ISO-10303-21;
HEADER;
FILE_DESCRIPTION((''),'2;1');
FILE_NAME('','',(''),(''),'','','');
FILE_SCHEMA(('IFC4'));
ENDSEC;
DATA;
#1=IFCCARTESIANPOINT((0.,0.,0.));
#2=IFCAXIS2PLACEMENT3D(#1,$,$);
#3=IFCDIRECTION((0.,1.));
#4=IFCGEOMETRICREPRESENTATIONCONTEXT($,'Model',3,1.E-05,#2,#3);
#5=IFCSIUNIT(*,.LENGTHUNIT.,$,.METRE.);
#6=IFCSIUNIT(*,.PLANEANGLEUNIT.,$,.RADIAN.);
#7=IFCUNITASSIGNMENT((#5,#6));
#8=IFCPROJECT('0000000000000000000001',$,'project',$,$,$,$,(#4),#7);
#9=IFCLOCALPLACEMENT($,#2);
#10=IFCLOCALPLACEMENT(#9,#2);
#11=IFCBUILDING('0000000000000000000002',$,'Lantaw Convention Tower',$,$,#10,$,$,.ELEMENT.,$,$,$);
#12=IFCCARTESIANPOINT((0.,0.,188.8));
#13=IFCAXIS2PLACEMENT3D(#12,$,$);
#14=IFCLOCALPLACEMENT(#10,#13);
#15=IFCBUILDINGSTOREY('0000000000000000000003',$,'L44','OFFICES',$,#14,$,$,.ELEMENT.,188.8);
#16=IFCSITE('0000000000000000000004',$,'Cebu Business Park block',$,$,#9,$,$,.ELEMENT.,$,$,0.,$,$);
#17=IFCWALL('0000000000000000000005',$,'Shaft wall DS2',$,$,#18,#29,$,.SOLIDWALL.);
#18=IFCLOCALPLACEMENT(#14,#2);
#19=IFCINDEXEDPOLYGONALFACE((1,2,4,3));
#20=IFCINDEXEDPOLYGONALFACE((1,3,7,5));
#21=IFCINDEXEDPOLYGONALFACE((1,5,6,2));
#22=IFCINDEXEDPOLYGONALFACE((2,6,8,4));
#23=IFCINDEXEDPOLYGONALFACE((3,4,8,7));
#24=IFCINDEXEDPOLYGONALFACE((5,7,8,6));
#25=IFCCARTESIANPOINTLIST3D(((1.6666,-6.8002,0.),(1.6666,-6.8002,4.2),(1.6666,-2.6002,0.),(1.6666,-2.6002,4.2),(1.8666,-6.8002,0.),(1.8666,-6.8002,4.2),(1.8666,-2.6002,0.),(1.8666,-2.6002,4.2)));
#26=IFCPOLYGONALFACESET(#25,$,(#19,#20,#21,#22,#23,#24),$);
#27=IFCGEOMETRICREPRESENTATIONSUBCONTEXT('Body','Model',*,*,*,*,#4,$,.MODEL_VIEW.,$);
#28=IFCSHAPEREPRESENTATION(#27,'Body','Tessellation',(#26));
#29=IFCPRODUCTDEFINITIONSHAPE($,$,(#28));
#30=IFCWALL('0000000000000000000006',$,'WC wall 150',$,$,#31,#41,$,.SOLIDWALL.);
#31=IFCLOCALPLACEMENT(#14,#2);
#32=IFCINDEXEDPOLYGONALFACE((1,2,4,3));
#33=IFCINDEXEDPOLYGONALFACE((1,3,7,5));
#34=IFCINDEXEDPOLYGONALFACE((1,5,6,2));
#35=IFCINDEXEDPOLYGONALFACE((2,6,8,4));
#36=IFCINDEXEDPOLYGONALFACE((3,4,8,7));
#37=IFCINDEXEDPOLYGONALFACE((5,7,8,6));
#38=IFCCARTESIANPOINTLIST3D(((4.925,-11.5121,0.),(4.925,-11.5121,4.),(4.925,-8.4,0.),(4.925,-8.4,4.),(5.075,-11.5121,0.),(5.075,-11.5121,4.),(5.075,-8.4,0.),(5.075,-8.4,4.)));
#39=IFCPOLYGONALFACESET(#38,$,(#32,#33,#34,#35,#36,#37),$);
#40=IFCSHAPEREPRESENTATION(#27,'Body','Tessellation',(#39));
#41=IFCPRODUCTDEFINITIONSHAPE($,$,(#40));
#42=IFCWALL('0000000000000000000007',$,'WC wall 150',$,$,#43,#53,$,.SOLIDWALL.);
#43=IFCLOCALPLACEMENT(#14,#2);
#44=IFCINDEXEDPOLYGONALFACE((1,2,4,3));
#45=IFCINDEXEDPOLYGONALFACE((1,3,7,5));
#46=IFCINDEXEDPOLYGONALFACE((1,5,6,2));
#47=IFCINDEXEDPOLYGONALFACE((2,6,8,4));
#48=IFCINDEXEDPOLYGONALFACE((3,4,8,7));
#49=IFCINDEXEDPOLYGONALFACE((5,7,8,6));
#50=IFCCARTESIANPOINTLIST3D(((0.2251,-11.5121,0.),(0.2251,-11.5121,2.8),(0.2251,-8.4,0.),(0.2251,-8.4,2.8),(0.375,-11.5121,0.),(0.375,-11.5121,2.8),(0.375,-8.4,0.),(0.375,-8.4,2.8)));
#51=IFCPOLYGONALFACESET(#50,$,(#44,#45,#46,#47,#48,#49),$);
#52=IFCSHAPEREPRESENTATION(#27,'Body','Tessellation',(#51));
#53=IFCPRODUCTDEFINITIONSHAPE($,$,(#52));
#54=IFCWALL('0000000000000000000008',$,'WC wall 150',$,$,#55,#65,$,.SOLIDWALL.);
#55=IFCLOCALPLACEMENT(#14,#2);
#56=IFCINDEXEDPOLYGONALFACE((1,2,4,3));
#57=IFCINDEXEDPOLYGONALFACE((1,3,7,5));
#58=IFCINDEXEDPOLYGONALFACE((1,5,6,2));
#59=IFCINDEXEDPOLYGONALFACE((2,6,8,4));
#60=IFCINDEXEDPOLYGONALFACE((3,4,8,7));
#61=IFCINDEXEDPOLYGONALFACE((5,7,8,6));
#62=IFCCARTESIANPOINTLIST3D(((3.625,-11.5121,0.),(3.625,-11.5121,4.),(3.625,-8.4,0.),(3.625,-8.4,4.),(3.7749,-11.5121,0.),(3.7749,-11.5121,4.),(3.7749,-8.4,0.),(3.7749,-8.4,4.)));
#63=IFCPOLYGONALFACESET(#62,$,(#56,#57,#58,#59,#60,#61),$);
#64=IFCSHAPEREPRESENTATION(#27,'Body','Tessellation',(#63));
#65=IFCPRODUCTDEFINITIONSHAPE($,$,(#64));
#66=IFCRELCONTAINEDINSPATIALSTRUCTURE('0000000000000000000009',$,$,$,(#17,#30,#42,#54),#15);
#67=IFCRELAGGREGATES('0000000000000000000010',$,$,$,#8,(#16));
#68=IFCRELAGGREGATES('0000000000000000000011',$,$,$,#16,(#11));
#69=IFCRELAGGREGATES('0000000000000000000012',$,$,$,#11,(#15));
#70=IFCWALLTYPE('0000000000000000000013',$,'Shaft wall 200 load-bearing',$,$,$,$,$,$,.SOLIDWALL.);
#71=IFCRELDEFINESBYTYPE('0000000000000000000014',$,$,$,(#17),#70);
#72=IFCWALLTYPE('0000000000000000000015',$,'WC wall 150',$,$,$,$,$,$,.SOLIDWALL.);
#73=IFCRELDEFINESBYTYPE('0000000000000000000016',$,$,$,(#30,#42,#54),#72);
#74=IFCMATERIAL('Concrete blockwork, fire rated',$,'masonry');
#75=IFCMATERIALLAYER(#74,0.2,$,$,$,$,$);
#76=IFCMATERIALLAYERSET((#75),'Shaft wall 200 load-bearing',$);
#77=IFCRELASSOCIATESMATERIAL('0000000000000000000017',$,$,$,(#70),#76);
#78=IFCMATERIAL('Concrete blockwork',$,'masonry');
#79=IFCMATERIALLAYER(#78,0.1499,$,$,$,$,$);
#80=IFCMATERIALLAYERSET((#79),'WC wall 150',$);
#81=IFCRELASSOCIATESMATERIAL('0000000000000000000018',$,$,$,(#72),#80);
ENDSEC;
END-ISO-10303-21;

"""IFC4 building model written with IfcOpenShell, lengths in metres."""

from ifc_helpers import new_model, si_unit, direction, frame, frame_2d, origin, place, context, subcontext, project, spatial, rectangle, extrude, material, layer, layer_set, type_object, element, save


model = new_model("IFC4")

# Units and contexts
model_context = context("Model", 3, precision=1e-05, world=origin(), true_north=direction((0.0, 1.0)))
body_context = subcontext(model_context, "Body", "Model", "MODEL_VIEW")
ifc_project = project(units=[si_unit("LENGTHUNIT", "METRE"), si_unit("PLANEANGLEUNIT", "RADIAN")], contexts=[model_context])

# Site, building, storey
site_placement = place(None, origin())
site = spatial("IfcSite", under=ifc_project, at=site_placement, Name="Cebu Business Park block", CompositionType="ELEMENT", RefElevation=0.0)
building_placement = place(site_placement, origin())
building = spatial("IfcBuilding", under=site, at=building_placement, Name="Lantaw Convention Tower", CompositionType="ELEMENT")
storey_placement = place(building_placement, frame((0.0, 0.0, 188.8)))
storey = spatial("IfcBuildingStorey", under=building, at=storey_placement, Name="L44", Description="OFFICES", CompositionType="ELEMENT", Elevation=188.8)

# Walls
ifc_material_1 = material(Name="Concrete blockwork, fire rated", Category="masonry")
ifc_layer_1 = layer(ifc_material_1, 0.2)
ifc_layer_set_1 = layer_set([ifc_layer_1], Name="Shaft wall 200 load-bearing")
wall_type_1 = type_object("IfcWallType", Name="Shaft wall 200 load-bearing", PredefinedType="SOLIDWALL", material=ifc_layer_set_1)
wall_1_placement = place(storey_placement, frame((1.7666, -2.6001, 0.0), z_axis=(0.0, 0.0, 1.0), x_axis=(0.0, -1.0, 0.0)))
element("IfcWall", 1, at=wall_1_placement, inside=storey, type_object=wall_type_1, Name="Shaft wall DS2", PredefinedType="SOLIDWALL", context=body_context, shape_type="SweptSolid", body=[
    extrude(rectangle(XDim=4.2, YDim=0.2, at=frame_2d((2.1001, 0.0))), origin(), (0.0, 0.0, 1.0), 4.2),
])
ifc_material_2 = material(Name="Concrete blockwork", Category="masonry")
ifc_layer_2 = layer(ifc_material_2, 0.1499)
ifc_layer_set_2 = layer_set([ifc_layer_2], Name="WC wall 150")
wall_type_2 = type_object("IfcWallType", Name="WC wall 150", PredefinedType="SOLIDWALL", material=ifc_layer_set_2)
wall_2_placement = place(storey_placement, frame((5.0, -8.3999, 0.0), z_axis=(0.0, 0.0, 1.0), x_axis=(0.0, -1.0, 0.0)))
element("IfcWall", 2, at=wall_2_placement, inside=storey, type_object=wall_type_2, Name="WC wall 150", PredefinedType="SOLIDWALL", context=body_context, shape_type="SweptSolid", body=[
    extrude(rectangle(XDim=3.1121, YDim=0.1499, at=frame_2d((1.5562, 0.0))), origin(), (0.0, 0.0, 1.0), 4.0),
])
wall_3_placement = place(storey_placement, frame((0.3, -8.3999, 0.0), z_axis=(0.0, 0.0, 1.0), x_axis=(0.0, -1.0, 0.0)))
element("IfcWall", 3, at=wall_3_placement, inside=storey, type_object=wall_type_2, Name="WC wall 150", PredefinedType="SOLIDWALL", context=body_context, shape_type="SweptSolid", body=[
    extrude(rectangle(XDim=3.1121, YDim=0.1499, at=frame_2d((1.5562, 0.0))), origin(), (0.0, 0.0, 1.0), 2.8),
])
wall_4_placement = place(storey_placement, frame((3.7, -8.3999, 0.0), z_axis=(0.0, 0.0, 1.0), x_axis=(0.0, -1.0, 0.0)))
element("IfcWall", 4, at=wall_4_placement, inside=storey, type_object=wall_type_2, Name="WC wall 150", PredefinedType="SOLIDWALL", context=body_context, shape_type="SweptSolid", body=[
    extrude(rectangle(XDim=3.1121, YDim=0.1499, at=frame_2d((1.5562, 0.0))), origin(), (0.0, 0.0, 1.0), 4.0),
])

save(model, "model.ifc")
